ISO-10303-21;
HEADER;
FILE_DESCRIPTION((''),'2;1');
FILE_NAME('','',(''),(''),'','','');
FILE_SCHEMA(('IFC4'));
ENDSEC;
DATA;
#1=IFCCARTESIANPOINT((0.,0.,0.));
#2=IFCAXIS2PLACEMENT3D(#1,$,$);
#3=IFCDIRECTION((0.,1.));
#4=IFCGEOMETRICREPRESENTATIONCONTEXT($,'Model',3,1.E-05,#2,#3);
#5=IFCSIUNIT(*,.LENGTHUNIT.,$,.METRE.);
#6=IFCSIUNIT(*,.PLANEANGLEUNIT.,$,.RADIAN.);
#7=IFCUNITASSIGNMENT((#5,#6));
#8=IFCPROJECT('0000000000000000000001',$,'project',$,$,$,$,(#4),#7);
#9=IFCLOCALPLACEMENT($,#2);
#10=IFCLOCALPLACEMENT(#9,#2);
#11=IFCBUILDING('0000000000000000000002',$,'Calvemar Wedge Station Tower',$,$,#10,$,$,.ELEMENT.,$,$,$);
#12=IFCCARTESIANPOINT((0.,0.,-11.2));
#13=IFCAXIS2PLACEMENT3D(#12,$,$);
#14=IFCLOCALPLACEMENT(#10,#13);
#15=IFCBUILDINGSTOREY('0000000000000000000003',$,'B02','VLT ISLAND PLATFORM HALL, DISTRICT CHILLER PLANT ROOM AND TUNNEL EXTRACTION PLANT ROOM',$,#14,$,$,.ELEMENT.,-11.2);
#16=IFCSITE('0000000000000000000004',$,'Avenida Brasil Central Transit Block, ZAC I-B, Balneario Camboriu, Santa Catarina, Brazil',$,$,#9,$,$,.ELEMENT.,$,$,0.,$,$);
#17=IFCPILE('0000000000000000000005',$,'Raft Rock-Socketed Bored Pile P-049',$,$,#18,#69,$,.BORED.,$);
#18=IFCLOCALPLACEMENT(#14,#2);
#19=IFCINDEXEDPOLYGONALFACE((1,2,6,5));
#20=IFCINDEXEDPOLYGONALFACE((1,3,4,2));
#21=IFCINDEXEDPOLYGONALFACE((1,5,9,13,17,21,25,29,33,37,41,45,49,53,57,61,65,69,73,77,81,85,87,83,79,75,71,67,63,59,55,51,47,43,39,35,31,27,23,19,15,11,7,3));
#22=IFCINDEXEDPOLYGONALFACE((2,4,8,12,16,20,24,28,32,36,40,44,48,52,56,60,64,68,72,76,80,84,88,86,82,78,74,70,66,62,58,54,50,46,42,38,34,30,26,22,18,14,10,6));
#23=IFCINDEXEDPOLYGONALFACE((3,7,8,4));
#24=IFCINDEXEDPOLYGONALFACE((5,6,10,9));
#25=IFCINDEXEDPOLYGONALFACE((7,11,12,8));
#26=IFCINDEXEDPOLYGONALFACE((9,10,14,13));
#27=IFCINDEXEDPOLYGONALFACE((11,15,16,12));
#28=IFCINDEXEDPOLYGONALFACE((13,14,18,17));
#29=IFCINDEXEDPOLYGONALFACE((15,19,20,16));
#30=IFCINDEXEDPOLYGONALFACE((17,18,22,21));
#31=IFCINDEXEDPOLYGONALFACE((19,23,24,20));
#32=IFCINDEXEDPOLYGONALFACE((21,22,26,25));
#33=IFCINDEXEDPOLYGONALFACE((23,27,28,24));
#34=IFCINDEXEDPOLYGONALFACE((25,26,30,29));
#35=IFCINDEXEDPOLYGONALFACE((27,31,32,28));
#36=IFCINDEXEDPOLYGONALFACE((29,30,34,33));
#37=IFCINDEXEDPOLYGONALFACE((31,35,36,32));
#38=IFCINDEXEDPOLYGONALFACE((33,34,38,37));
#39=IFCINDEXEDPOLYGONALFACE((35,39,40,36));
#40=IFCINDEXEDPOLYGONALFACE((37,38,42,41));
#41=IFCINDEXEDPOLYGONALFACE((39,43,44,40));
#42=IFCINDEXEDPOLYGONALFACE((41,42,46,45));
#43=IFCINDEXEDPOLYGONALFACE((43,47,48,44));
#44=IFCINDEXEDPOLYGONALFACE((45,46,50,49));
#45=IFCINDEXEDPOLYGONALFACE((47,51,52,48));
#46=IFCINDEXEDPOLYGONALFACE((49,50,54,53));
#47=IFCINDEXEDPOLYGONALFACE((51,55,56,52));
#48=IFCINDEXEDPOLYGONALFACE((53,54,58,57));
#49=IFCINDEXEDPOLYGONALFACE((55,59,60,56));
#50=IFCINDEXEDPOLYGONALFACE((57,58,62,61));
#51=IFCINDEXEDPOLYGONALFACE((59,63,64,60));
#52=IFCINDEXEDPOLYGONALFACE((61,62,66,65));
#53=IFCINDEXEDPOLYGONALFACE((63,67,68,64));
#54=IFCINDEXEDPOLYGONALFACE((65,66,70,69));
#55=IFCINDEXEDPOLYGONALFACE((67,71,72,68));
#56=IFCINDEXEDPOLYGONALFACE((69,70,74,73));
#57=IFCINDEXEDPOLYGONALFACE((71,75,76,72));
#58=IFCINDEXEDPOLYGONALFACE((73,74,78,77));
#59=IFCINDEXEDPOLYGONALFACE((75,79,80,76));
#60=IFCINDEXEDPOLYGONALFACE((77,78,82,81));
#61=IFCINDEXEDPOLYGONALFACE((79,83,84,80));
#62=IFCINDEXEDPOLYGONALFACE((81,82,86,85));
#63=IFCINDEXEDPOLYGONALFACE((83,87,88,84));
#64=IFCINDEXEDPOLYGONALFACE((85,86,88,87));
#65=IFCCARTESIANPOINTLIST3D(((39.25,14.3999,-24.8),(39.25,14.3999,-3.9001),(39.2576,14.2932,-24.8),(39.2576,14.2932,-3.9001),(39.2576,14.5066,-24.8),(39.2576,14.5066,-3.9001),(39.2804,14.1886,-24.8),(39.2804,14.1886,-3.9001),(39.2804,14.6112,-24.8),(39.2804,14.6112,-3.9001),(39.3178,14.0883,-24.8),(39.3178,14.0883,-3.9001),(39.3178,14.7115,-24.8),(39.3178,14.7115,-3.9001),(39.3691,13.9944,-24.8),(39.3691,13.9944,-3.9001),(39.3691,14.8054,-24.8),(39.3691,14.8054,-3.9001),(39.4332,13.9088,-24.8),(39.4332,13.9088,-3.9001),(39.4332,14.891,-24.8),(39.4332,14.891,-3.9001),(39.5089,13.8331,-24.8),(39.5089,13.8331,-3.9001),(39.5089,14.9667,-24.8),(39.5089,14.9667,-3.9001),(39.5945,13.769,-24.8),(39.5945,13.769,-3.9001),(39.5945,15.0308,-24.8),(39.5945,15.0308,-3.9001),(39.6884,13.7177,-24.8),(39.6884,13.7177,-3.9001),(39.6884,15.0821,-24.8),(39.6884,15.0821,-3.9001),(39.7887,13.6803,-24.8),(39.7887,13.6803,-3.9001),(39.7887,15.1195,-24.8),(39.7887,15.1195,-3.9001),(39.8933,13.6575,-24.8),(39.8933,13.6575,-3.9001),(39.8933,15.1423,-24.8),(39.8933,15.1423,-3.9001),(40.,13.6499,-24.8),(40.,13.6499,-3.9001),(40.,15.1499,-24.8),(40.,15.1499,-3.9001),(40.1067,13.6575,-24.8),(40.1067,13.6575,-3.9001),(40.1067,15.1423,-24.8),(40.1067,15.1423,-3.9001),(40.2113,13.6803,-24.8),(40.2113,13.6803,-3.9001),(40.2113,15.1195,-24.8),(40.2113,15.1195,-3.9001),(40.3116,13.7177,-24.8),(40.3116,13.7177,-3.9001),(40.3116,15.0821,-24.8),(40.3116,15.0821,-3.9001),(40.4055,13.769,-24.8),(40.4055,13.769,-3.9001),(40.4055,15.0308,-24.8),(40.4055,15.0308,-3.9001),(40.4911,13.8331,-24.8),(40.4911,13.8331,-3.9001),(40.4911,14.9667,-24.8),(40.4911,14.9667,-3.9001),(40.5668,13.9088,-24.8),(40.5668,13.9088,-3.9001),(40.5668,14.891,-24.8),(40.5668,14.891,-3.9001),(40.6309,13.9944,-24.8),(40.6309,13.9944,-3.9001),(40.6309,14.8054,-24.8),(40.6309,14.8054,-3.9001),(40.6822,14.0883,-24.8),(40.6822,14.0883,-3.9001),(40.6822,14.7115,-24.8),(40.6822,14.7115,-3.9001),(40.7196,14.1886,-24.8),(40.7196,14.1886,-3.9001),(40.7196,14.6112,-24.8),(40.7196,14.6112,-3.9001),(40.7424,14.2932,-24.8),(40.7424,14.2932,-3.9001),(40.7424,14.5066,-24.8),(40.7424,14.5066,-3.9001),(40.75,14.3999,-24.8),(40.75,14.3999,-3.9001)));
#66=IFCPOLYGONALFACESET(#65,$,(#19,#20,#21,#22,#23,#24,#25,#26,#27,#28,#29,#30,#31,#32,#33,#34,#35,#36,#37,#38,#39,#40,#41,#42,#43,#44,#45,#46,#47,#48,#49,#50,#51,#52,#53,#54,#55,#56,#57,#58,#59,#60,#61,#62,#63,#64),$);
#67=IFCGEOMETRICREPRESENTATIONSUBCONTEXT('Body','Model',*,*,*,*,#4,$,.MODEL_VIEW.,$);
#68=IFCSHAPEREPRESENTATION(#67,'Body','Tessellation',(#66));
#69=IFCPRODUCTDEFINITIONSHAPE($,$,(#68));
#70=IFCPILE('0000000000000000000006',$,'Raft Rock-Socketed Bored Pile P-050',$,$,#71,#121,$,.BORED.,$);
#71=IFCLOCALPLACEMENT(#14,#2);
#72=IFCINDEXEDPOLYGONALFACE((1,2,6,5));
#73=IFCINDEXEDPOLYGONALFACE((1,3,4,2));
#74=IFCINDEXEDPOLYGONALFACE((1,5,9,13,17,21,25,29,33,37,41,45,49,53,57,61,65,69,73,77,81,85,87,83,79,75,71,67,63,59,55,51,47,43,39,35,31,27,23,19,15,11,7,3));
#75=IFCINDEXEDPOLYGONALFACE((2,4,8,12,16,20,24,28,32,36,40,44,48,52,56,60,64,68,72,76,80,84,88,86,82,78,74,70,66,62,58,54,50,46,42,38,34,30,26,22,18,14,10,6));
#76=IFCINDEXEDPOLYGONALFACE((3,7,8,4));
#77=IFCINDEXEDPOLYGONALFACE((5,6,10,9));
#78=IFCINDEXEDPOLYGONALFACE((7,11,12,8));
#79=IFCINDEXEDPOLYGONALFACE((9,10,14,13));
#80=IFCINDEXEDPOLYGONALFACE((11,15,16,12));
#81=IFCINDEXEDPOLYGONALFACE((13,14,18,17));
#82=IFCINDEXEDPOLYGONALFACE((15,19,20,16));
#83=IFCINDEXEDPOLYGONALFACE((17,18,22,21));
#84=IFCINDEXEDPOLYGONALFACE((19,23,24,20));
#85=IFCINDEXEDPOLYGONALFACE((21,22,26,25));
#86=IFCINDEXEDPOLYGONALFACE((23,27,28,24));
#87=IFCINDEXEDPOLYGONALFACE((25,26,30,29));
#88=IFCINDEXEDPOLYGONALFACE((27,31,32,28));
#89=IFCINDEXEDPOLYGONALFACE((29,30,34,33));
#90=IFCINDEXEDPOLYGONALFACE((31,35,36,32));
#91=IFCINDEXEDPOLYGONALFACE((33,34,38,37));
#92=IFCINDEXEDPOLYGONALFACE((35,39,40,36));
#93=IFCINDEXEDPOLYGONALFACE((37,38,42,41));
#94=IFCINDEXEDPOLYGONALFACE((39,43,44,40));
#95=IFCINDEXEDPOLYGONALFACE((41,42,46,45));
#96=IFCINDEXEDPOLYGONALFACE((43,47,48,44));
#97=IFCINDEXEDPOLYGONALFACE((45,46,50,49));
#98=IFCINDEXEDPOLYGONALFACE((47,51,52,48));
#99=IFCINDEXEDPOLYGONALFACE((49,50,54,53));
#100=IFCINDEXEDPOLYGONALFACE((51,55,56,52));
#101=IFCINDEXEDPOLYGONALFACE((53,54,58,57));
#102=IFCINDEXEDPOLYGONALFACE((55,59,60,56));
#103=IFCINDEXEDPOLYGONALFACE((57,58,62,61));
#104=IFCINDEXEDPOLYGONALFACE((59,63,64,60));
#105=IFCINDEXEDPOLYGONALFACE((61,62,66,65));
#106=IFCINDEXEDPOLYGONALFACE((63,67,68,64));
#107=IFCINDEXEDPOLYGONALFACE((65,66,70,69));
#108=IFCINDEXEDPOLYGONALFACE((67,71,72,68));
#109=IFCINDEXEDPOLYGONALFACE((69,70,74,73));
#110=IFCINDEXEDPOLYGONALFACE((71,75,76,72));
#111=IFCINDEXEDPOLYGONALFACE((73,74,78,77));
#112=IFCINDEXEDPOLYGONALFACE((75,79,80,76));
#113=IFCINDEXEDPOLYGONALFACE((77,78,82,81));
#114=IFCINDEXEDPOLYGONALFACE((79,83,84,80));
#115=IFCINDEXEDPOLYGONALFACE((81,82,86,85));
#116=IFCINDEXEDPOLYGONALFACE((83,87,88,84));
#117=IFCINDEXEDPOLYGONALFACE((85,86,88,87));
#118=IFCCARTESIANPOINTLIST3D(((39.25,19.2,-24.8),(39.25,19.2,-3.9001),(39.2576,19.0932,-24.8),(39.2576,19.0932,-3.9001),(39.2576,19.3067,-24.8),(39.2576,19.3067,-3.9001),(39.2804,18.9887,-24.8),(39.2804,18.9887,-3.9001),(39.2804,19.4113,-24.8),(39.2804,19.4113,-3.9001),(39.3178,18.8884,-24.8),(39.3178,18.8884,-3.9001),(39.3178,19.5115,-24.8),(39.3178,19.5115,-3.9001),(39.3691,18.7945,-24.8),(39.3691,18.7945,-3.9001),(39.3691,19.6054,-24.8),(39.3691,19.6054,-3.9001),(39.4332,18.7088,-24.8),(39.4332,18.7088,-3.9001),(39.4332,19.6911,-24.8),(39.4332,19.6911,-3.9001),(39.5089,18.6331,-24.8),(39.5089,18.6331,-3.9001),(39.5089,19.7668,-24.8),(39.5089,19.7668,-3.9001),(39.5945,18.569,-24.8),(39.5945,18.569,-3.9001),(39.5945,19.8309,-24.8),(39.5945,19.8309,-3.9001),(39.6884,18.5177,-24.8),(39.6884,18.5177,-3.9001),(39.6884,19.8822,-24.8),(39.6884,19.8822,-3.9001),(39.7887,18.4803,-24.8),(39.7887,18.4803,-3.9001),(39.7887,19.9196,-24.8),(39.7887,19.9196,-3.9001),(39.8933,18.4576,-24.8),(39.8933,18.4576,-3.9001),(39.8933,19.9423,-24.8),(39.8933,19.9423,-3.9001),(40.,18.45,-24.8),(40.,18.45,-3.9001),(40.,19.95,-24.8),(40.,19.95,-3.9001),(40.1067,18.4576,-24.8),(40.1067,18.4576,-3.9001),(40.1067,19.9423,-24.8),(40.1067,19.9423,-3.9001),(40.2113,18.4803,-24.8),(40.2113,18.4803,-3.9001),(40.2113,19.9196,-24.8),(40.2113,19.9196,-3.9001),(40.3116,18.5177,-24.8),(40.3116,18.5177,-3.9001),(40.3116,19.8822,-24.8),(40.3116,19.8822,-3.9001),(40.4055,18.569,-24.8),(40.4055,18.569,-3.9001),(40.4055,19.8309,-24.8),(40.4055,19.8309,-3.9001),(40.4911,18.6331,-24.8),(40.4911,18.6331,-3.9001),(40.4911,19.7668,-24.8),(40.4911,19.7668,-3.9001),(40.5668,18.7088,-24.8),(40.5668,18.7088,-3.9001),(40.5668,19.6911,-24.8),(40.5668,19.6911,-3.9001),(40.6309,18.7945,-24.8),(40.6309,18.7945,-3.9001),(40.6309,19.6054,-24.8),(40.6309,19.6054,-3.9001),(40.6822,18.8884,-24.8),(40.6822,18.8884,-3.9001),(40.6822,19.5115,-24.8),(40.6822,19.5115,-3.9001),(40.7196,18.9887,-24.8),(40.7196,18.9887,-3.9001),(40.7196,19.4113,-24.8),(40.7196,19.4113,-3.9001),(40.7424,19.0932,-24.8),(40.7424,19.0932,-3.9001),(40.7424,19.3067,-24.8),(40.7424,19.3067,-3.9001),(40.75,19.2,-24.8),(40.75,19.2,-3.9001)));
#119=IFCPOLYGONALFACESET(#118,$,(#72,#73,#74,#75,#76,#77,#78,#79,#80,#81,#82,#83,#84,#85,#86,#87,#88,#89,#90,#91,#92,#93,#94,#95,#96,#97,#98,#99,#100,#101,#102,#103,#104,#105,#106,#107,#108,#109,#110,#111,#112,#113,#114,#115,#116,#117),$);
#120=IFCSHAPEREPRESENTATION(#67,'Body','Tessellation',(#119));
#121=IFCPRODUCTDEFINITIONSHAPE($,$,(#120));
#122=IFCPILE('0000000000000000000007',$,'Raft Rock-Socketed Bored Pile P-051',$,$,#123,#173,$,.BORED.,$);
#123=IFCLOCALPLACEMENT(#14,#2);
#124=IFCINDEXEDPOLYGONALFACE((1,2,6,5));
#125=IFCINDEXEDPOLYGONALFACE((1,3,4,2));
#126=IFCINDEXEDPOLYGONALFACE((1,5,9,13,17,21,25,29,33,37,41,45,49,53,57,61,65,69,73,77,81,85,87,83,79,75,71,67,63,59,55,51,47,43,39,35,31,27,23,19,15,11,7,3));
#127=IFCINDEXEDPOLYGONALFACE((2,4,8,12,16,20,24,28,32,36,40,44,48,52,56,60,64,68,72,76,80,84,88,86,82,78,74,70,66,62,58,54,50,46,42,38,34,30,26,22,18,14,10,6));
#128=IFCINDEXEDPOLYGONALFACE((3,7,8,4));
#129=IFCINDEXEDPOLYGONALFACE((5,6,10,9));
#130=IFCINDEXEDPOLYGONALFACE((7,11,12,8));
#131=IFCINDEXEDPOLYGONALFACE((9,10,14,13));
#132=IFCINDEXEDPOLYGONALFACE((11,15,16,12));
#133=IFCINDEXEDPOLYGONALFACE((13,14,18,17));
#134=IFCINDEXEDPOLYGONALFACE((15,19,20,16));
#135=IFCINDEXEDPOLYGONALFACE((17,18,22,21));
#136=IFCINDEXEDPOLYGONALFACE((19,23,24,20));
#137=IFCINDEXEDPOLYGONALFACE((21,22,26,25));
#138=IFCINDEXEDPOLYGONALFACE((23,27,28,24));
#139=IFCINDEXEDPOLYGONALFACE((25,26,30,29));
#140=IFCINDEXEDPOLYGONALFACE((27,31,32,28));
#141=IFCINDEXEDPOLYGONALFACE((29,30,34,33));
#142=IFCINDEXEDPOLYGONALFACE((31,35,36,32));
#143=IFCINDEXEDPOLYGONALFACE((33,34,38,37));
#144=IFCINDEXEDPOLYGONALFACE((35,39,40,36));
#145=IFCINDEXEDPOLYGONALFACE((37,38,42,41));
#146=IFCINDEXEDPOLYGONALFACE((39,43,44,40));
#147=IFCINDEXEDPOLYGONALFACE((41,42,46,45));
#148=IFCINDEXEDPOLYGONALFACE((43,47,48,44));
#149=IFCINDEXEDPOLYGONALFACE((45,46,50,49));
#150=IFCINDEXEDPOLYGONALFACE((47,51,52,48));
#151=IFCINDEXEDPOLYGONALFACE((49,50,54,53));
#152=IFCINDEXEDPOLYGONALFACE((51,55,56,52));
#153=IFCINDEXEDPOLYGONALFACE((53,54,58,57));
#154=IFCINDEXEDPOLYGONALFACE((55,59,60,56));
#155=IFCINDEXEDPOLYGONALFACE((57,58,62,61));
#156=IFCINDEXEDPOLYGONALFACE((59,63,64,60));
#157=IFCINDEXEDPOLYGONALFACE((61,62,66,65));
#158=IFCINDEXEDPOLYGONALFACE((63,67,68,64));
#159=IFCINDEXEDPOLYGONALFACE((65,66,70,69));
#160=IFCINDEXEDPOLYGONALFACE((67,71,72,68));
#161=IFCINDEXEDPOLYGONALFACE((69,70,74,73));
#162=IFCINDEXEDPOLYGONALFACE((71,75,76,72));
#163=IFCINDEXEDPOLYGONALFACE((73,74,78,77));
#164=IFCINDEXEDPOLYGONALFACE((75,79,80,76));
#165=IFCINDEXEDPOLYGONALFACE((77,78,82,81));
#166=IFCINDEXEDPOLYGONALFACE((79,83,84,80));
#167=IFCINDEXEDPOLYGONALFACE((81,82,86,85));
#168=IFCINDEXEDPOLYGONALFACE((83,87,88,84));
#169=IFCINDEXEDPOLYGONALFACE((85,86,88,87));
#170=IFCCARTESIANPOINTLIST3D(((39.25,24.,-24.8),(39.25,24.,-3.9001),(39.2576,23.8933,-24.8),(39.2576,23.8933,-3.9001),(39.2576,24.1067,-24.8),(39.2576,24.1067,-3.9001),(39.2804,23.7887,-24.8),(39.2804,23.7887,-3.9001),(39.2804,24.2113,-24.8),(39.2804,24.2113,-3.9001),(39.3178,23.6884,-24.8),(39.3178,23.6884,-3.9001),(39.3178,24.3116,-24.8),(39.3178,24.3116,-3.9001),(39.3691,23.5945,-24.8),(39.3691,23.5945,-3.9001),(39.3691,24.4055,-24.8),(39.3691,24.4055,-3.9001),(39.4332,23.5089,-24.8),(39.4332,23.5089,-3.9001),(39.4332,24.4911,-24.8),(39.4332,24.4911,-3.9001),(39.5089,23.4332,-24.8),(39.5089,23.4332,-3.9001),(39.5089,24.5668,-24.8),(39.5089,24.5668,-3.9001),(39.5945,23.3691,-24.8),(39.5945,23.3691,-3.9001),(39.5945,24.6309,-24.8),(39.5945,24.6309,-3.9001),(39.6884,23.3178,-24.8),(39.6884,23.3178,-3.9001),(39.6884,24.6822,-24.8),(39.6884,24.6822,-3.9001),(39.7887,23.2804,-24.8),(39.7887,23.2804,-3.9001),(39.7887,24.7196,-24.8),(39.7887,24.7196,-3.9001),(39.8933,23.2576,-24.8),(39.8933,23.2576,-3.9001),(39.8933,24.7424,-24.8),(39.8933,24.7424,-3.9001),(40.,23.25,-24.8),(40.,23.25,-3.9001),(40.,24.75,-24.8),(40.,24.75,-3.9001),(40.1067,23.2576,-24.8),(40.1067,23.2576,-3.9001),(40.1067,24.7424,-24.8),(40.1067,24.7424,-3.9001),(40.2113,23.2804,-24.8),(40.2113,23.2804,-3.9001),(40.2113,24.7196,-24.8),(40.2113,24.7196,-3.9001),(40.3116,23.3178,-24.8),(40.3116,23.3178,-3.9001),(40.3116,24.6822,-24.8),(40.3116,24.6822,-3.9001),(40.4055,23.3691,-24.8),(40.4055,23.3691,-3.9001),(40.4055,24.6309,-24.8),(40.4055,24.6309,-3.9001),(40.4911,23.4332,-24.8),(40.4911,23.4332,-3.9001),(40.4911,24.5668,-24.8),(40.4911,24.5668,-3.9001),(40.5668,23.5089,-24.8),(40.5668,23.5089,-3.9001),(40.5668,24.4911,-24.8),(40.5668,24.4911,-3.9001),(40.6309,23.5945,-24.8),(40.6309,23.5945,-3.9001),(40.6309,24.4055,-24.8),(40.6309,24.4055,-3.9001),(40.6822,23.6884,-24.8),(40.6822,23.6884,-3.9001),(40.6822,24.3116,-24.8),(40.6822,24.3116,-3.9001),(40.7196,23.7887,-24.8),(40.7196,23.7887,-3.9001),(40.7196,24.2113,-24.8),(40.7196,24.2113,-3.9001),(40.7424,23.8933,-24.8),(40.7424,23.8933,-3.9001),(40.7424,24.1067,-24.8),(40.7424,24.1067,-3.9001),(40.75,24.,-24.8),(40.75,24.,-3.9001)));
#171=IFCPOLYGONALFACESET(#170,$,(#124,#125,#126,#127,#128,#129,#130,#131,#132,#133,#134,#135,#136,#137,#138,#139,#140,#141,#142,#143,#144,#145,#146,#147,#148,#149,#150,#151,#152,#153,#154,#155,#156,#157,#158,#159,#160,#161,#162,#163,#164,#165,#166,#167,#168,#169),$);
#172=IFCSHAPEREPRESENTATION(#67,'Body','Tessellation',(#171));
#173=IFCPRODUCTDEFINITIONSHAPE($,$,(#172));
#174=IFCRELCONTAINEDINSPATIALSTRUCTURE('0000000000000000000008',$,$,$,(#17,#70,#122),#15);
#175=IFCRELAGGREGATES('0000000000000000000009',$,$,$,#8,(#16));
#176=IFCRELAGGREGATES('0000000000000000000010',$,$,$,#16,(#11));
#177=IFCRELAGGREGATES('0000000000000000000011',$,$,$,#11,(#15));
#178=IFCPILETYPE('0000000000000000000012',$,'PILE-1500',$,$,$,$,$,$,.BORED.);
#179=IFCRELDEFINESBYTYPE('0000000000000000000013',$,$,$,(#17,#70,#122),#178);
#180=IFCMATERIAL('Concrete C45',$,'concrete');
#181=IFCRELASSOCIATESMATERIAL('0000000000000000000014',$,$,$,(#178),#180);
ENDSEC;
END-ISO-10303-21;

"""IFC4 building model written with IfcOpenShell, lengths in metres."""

from ifc_helpers import new_model, si_unit, direction, frame, origin, origin_2d, place, context, subcontext, project, spatial, circle, extrude, material, material_profile, profile_set, type_object, element, save


model = new_model("IFC4")

# Units and contexts
model_context = context("Model", 3, precision=1e-05, world=origin(), true_north=direction((0.0, 1.0)))
body_context = subcontext(model_context, "Body", "Model", "MODEL_VIEW")
ifc_project = project(units=[si_unit("LENGTHUNIT", "METRE"), si_unit("PLANEANGLEUNIT", "RADIAN")], contexts=[model_context])

# Site, building, storey
site_placement = place(None, origin())
site = spatial("IfcSite", under=ifc_project, at=site_placement, Name="Avenida Brasil Central Transit Block, ZAC I-B, Balneario Camboriu, Santa Catarina, Brazil", CompositionType="ELEMENT", RefElevation=0.0)
building_placement = place(site_placement, origin())
building = spatial("IfcBuilding", under=site, at=building_placement, Name="Calvemar Wedge Station Tower", CompositionType="ELEMENT")
storey_placement = place(building_placement, frame((0.0, 0.0, -11.2)))
storey = spatial("IfcBuildingStorey", under=building, at=storey_placement, Name="B02", Description="VLT ISLAND PLATFORM HALL, DISTRICT CHILLER PLANT ROOM AND TUNNEL EXTRACTION PLANT ROOM", CompositionType="ELEMENT", Elevation=-11.2)

# Piles
ifc_material_1 = material(Name="Concrete C45", Category="concrete")
ifc_material_profile_1 = material_profile(ifc_material_1, circle(Radius=0.75, at=origin_2d()), Name="PILE-D1500")
ifc_profile_set_1 = profile_set([ifc_material_profile_1], Name="Concrete C45")
pile_type = type_object("IfcPileType", Name="PILE-1500", PredefinedType="BORED", material=ifc_profile_set_1)
for number, where, z_axis, x_axis, name in (
    (1, (40.0, 14.3999, -3.9001), (0.0, 0.0, -1.0), (1.0, 0.0, 0.0), "Raft Rock-Socketed Bored Pile P-049"),
    (2, (40.0, 19.2, -3.9001), (0.0, 0.0, -1.0), (1.0, 0.0, 0.0), "Raft Rock-Socketed Bored Pile P-050"),
    (3, (40.0, 24.0, -3.9001), (0.0, 0.0, -1.0), (1.0, 0.0, 0.0), "Raft Rock-Socketed Bored Pile P-051"),
):
    element("IfcPile", number, at=place(storey_placement, frame(where, z_axis=z_axis, x_axis=x_axis)), inside=storey, type_object=pile_type, Name=name, PredefinedType="BORED", context=body_context, shape_type="SweptSolid", body=[
        extrude(circle(Radius=0.75, at=origin_2d()), origin(), (0.0, 0.0, 1.0), 20.8999),
    ])

save(model, "model.ifc")
